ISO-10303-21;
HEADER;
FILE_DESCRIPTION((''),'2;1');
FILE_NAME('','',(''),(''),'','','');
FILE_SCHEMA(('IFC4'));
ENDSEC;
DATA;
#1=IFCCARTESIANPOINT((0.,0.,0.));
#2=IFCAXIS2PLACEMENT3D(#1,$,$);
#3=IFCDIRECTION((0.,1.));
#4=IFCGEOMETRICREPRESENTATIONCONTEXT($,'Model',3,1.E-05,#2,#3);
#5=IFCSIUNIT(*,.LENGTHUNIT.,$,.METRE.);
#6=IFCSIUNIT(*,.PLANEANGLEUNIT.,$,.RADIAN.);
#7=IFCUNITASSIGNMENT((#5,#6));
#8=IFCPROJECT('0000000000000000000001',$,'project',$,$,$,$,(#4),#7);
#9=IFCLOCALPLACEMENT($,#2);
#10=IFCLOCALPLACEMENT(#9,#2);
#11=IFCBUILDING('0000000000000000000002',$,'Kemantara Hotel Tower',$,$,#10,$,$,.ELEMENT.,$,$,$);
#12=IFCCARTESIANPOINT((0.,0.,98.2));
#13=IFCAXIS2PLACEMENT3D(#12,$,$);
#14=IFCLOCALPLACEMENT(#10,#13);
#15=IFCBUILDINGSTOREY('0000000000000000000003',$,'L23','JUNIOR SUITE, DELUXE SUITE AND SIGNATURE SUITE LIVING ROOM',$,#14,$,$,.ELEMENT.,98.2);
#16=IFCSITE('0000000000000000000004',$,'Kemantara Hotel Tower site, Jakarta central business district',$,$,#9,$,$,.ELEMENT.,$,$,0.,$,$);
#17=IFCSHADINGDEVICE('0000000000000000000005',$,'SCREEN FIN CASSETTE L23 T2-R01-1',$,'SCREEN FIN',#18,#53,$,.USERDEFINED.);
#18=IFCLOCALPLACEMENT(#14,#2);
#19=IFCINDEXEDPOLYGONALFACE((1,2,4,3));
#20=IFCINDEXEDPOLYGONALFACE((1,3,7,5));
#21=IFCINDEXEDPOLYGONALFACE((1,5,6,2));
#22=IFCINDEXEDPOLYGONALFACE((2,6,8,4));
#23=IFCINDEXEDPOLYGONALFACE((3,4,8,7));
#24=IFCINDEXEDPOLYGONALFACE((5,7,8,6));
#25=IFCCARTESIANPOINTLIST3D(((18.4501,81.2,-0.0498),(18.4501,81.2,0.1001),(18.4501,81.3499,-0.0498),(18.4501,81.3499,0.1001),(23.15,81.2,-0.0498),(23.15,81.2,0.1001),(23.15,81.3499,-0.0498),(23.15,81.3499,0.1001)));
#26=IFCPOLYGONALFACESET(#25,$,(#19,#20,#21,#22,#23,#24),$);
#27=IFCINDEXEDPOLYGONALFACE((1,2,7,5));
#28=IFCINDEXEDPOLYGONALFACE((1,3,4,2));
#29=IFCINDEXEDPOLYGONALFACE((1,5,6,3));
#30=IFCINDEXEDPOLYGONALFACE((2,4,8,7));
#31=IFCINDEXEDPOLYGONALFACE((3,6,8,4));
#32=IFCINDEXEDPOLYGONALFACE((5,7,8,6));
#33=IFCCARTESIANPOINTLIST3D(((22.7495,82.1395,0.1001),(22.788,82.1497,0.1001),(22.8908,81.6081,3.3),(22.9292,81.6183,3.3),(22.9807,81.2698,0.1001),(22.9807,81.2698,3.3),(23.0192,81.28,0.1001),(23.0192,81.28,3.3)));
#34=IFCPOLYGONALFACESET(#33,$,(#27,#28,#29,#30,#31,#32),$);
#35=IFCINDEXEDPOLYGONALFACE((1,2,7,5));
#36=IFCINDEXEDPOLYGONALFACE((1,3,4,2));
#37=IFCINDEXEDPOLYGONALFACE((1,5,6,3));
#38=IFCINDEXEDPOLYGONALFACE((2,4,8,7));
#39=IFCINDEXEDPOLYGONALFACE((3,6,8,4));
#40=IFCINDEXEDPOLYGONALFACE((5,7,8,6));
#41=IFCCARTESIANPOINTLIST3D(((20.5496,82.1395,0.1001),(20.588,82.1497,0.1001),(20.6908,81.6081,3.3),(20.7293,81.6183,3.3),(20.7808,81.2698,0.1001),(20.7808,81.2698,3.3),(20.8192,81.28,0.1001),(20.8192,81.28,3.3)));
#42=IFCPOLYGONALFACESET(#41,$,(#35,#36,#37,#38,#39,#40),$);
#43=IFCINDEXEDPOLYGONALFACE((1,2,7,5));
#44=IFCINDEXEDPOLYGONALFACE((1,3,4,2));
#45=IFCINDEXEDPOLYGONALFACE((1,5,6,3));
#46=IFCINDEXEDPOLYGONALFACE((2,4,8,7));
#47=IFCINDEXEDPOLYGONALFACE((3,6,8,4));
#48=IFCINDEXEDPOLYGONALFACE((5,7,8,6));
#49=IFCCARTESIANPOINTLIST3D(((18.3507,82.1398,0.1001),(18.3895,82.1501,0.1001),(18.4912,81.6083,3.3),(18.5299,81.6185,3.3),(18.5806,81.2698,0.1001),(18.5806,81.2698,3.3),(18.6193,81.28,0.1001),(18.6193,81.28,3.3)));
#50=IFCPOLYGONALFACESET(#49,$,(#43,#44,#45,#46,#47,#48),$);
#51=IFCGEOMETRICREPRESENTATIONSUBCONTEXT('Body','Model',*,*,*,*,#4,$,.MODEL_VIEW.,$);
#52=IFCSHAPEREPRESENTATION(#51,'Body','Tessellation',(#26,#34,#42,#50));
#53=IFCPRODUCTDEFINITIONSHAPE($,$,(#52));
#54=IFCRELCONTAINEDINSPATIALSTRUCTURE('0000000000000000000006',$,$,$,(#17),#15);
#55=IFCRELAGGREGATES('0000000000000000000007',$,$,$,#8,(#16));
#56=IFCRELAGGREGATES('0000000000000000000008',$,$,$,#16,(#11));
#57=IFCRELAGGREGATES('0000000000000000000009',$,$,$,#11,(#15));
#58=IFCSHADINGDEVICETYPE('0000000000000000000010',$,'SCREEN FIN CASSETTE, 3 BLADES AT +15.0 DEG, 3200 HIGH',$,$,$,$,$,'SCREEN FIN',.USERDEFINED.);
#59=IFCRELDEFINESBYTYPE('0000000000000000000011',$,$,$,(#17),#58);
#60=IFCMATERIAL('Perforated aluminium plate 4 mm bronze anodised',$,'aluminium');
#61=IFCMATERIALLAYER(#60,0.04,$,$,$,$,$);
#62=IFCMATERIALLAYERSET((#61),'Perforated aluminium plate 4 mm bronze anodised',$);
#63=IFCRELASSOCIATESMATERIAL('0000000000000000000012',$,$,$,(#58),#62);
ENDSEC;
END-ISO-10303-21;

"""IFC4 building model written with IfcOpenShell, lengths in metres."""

from ifc_helpers import new_model, si_unit, direction, frame, origin, origin_2d, place, context, subcontext, project, spatial, polyline, rectangle, outline, extrude, source, transform, mapped, material, layer, layer_set, type_object, element, save


model = new_model("IFC4")

# Units and contexts
model_context = context("Model", 3, precision=1e-05, world=origin(), true_north=direction((0.0, 1.0)))
body_context = subcontext(model_context, "Body", "Model", "MODEL_VIEW")
ifc_project = project(units=[si_unit("LENGTHUNIT", "METRE"), si_unit("PLANEANGLEUNIT", "RADIAN")], contexts=[model_context])

# Site, building, storey
site_placement = place(None, origin())
site = spatial("IfcSite", under=ifc_project, at=site_placement, Name="Kemantara Hotel Tower site, Jakarta central business district", CompositionType="ELEMENT", RefElevation=0.0)
building_placement = place(site_placement, origin())
building = spatial("IfcBuilding", under=site, at=building_placement, Name="Kemantara Hotel Tower", CompositionType="ELEMENT")
storey_placement = place(building_placement, frame((0.0, 0.0, 98.2)))
storey = spatial("IfcBuildingStorey", under=building, at=storey_placement, Name="L23", Description="JUNIOR SUITE, DELUXE SUITE AND SIGNATURE SUITE LIVING ROOM", CompositionType="ELEMENT", Elevation=98.2)

# Shading device
ifc_material_1 = material(Name="Perforated aluminium plate 4 mm bronze anodised", Category="aluminium")
ifc_layer_1 = layer(ifc_material_1, 0.04)
ifc_layer_set_1 = layer_set([ifc_layer_1], Name="Perforated aluminium plate 4 mm bronze anodised")
shading_device_type_1 = type_object("IfcShadingDeviceType", Name="SCREEN FIN CASSETTE, 3 BLADES AT +15.0 DEG, 3200 HIGH", ElementType="SCREEN FIN", PredefinedType="USERDEFINED", material=ifc_layer_set_1)
shared_shape_1 = source(origin(), body_context, "Body", "SweptSolid", [
    extrude(rectangle(XDim=4.7, YDim=0.1499, at=origin_2d()), frame((2.2, -0.075, -0.1499), z_axis=(0.0, 0.0, 1.0), x_axis=(1.0, 0.0, 0.0)), (0.0, 0.0, 1.0), 0.1499),
    extrude(outline(polyline([(0.0, 0.0), (0.8999, 0.0), (0.3501, 3.2), (0.0, 3.2), (0.0, 0.0)])), frame((0.0193, -0.0698, 0.0), z_axis=(-0.966438, -0.256901, 0.0), x_axis=(0.256901, -0.966438, 0.0)), (0.0, 0.0, 1.0), 0.0398),
    extrude(outline(polyline([(0.0, 0.0), (0.8999, 0.0), (0.3501, 3.2), (0.0, 3.2), (0.0, 0.0)])), frame((2.2192, -0.0698, 0.0), z_axis=(-0.966438, -0.256901, 0.0), x_axis=(0.256901, -0.966438, 0.0)), (0.0, 0.0, 1.0), 0.0398),
    extrude(outline(polyline([(0.0, 0.0), (0.8999, 0.0), (0.3501, 3.2), (0.0, 3.2), (0.0, 0.0)])), frame((4.4194, -0.0698, 0.0), z_axis=(-0.966838, -0.255391, 0.0), x_axis=(0.255391, -0.966838, 0.0)), (0.0, 0.0, 1.0), 0.04),
])
shading_device_1_placement = place(storey_placement, frame((23.0, 81.2, 0.1001), z_axis=(0.0, 0.0, 1.0), x_axis=(-1.0, 0.0, 0.0)))
element("IfcShadingDevice", 1, at=shading_device_1_placement, inside=storey, type_object=shading_device_type_1, Name="SCREEN FIN CASSETTE L23 T2-R01-1", ObjectType="SCREEN FIN", PredefinedType="USERDEFINED", context=body_context, shape_type="MappedRepresentation", body=[
    mapped(shared_shape_1, transform((0.0, 0.0, 0.0))),
])

save(model, "model.ifc")
